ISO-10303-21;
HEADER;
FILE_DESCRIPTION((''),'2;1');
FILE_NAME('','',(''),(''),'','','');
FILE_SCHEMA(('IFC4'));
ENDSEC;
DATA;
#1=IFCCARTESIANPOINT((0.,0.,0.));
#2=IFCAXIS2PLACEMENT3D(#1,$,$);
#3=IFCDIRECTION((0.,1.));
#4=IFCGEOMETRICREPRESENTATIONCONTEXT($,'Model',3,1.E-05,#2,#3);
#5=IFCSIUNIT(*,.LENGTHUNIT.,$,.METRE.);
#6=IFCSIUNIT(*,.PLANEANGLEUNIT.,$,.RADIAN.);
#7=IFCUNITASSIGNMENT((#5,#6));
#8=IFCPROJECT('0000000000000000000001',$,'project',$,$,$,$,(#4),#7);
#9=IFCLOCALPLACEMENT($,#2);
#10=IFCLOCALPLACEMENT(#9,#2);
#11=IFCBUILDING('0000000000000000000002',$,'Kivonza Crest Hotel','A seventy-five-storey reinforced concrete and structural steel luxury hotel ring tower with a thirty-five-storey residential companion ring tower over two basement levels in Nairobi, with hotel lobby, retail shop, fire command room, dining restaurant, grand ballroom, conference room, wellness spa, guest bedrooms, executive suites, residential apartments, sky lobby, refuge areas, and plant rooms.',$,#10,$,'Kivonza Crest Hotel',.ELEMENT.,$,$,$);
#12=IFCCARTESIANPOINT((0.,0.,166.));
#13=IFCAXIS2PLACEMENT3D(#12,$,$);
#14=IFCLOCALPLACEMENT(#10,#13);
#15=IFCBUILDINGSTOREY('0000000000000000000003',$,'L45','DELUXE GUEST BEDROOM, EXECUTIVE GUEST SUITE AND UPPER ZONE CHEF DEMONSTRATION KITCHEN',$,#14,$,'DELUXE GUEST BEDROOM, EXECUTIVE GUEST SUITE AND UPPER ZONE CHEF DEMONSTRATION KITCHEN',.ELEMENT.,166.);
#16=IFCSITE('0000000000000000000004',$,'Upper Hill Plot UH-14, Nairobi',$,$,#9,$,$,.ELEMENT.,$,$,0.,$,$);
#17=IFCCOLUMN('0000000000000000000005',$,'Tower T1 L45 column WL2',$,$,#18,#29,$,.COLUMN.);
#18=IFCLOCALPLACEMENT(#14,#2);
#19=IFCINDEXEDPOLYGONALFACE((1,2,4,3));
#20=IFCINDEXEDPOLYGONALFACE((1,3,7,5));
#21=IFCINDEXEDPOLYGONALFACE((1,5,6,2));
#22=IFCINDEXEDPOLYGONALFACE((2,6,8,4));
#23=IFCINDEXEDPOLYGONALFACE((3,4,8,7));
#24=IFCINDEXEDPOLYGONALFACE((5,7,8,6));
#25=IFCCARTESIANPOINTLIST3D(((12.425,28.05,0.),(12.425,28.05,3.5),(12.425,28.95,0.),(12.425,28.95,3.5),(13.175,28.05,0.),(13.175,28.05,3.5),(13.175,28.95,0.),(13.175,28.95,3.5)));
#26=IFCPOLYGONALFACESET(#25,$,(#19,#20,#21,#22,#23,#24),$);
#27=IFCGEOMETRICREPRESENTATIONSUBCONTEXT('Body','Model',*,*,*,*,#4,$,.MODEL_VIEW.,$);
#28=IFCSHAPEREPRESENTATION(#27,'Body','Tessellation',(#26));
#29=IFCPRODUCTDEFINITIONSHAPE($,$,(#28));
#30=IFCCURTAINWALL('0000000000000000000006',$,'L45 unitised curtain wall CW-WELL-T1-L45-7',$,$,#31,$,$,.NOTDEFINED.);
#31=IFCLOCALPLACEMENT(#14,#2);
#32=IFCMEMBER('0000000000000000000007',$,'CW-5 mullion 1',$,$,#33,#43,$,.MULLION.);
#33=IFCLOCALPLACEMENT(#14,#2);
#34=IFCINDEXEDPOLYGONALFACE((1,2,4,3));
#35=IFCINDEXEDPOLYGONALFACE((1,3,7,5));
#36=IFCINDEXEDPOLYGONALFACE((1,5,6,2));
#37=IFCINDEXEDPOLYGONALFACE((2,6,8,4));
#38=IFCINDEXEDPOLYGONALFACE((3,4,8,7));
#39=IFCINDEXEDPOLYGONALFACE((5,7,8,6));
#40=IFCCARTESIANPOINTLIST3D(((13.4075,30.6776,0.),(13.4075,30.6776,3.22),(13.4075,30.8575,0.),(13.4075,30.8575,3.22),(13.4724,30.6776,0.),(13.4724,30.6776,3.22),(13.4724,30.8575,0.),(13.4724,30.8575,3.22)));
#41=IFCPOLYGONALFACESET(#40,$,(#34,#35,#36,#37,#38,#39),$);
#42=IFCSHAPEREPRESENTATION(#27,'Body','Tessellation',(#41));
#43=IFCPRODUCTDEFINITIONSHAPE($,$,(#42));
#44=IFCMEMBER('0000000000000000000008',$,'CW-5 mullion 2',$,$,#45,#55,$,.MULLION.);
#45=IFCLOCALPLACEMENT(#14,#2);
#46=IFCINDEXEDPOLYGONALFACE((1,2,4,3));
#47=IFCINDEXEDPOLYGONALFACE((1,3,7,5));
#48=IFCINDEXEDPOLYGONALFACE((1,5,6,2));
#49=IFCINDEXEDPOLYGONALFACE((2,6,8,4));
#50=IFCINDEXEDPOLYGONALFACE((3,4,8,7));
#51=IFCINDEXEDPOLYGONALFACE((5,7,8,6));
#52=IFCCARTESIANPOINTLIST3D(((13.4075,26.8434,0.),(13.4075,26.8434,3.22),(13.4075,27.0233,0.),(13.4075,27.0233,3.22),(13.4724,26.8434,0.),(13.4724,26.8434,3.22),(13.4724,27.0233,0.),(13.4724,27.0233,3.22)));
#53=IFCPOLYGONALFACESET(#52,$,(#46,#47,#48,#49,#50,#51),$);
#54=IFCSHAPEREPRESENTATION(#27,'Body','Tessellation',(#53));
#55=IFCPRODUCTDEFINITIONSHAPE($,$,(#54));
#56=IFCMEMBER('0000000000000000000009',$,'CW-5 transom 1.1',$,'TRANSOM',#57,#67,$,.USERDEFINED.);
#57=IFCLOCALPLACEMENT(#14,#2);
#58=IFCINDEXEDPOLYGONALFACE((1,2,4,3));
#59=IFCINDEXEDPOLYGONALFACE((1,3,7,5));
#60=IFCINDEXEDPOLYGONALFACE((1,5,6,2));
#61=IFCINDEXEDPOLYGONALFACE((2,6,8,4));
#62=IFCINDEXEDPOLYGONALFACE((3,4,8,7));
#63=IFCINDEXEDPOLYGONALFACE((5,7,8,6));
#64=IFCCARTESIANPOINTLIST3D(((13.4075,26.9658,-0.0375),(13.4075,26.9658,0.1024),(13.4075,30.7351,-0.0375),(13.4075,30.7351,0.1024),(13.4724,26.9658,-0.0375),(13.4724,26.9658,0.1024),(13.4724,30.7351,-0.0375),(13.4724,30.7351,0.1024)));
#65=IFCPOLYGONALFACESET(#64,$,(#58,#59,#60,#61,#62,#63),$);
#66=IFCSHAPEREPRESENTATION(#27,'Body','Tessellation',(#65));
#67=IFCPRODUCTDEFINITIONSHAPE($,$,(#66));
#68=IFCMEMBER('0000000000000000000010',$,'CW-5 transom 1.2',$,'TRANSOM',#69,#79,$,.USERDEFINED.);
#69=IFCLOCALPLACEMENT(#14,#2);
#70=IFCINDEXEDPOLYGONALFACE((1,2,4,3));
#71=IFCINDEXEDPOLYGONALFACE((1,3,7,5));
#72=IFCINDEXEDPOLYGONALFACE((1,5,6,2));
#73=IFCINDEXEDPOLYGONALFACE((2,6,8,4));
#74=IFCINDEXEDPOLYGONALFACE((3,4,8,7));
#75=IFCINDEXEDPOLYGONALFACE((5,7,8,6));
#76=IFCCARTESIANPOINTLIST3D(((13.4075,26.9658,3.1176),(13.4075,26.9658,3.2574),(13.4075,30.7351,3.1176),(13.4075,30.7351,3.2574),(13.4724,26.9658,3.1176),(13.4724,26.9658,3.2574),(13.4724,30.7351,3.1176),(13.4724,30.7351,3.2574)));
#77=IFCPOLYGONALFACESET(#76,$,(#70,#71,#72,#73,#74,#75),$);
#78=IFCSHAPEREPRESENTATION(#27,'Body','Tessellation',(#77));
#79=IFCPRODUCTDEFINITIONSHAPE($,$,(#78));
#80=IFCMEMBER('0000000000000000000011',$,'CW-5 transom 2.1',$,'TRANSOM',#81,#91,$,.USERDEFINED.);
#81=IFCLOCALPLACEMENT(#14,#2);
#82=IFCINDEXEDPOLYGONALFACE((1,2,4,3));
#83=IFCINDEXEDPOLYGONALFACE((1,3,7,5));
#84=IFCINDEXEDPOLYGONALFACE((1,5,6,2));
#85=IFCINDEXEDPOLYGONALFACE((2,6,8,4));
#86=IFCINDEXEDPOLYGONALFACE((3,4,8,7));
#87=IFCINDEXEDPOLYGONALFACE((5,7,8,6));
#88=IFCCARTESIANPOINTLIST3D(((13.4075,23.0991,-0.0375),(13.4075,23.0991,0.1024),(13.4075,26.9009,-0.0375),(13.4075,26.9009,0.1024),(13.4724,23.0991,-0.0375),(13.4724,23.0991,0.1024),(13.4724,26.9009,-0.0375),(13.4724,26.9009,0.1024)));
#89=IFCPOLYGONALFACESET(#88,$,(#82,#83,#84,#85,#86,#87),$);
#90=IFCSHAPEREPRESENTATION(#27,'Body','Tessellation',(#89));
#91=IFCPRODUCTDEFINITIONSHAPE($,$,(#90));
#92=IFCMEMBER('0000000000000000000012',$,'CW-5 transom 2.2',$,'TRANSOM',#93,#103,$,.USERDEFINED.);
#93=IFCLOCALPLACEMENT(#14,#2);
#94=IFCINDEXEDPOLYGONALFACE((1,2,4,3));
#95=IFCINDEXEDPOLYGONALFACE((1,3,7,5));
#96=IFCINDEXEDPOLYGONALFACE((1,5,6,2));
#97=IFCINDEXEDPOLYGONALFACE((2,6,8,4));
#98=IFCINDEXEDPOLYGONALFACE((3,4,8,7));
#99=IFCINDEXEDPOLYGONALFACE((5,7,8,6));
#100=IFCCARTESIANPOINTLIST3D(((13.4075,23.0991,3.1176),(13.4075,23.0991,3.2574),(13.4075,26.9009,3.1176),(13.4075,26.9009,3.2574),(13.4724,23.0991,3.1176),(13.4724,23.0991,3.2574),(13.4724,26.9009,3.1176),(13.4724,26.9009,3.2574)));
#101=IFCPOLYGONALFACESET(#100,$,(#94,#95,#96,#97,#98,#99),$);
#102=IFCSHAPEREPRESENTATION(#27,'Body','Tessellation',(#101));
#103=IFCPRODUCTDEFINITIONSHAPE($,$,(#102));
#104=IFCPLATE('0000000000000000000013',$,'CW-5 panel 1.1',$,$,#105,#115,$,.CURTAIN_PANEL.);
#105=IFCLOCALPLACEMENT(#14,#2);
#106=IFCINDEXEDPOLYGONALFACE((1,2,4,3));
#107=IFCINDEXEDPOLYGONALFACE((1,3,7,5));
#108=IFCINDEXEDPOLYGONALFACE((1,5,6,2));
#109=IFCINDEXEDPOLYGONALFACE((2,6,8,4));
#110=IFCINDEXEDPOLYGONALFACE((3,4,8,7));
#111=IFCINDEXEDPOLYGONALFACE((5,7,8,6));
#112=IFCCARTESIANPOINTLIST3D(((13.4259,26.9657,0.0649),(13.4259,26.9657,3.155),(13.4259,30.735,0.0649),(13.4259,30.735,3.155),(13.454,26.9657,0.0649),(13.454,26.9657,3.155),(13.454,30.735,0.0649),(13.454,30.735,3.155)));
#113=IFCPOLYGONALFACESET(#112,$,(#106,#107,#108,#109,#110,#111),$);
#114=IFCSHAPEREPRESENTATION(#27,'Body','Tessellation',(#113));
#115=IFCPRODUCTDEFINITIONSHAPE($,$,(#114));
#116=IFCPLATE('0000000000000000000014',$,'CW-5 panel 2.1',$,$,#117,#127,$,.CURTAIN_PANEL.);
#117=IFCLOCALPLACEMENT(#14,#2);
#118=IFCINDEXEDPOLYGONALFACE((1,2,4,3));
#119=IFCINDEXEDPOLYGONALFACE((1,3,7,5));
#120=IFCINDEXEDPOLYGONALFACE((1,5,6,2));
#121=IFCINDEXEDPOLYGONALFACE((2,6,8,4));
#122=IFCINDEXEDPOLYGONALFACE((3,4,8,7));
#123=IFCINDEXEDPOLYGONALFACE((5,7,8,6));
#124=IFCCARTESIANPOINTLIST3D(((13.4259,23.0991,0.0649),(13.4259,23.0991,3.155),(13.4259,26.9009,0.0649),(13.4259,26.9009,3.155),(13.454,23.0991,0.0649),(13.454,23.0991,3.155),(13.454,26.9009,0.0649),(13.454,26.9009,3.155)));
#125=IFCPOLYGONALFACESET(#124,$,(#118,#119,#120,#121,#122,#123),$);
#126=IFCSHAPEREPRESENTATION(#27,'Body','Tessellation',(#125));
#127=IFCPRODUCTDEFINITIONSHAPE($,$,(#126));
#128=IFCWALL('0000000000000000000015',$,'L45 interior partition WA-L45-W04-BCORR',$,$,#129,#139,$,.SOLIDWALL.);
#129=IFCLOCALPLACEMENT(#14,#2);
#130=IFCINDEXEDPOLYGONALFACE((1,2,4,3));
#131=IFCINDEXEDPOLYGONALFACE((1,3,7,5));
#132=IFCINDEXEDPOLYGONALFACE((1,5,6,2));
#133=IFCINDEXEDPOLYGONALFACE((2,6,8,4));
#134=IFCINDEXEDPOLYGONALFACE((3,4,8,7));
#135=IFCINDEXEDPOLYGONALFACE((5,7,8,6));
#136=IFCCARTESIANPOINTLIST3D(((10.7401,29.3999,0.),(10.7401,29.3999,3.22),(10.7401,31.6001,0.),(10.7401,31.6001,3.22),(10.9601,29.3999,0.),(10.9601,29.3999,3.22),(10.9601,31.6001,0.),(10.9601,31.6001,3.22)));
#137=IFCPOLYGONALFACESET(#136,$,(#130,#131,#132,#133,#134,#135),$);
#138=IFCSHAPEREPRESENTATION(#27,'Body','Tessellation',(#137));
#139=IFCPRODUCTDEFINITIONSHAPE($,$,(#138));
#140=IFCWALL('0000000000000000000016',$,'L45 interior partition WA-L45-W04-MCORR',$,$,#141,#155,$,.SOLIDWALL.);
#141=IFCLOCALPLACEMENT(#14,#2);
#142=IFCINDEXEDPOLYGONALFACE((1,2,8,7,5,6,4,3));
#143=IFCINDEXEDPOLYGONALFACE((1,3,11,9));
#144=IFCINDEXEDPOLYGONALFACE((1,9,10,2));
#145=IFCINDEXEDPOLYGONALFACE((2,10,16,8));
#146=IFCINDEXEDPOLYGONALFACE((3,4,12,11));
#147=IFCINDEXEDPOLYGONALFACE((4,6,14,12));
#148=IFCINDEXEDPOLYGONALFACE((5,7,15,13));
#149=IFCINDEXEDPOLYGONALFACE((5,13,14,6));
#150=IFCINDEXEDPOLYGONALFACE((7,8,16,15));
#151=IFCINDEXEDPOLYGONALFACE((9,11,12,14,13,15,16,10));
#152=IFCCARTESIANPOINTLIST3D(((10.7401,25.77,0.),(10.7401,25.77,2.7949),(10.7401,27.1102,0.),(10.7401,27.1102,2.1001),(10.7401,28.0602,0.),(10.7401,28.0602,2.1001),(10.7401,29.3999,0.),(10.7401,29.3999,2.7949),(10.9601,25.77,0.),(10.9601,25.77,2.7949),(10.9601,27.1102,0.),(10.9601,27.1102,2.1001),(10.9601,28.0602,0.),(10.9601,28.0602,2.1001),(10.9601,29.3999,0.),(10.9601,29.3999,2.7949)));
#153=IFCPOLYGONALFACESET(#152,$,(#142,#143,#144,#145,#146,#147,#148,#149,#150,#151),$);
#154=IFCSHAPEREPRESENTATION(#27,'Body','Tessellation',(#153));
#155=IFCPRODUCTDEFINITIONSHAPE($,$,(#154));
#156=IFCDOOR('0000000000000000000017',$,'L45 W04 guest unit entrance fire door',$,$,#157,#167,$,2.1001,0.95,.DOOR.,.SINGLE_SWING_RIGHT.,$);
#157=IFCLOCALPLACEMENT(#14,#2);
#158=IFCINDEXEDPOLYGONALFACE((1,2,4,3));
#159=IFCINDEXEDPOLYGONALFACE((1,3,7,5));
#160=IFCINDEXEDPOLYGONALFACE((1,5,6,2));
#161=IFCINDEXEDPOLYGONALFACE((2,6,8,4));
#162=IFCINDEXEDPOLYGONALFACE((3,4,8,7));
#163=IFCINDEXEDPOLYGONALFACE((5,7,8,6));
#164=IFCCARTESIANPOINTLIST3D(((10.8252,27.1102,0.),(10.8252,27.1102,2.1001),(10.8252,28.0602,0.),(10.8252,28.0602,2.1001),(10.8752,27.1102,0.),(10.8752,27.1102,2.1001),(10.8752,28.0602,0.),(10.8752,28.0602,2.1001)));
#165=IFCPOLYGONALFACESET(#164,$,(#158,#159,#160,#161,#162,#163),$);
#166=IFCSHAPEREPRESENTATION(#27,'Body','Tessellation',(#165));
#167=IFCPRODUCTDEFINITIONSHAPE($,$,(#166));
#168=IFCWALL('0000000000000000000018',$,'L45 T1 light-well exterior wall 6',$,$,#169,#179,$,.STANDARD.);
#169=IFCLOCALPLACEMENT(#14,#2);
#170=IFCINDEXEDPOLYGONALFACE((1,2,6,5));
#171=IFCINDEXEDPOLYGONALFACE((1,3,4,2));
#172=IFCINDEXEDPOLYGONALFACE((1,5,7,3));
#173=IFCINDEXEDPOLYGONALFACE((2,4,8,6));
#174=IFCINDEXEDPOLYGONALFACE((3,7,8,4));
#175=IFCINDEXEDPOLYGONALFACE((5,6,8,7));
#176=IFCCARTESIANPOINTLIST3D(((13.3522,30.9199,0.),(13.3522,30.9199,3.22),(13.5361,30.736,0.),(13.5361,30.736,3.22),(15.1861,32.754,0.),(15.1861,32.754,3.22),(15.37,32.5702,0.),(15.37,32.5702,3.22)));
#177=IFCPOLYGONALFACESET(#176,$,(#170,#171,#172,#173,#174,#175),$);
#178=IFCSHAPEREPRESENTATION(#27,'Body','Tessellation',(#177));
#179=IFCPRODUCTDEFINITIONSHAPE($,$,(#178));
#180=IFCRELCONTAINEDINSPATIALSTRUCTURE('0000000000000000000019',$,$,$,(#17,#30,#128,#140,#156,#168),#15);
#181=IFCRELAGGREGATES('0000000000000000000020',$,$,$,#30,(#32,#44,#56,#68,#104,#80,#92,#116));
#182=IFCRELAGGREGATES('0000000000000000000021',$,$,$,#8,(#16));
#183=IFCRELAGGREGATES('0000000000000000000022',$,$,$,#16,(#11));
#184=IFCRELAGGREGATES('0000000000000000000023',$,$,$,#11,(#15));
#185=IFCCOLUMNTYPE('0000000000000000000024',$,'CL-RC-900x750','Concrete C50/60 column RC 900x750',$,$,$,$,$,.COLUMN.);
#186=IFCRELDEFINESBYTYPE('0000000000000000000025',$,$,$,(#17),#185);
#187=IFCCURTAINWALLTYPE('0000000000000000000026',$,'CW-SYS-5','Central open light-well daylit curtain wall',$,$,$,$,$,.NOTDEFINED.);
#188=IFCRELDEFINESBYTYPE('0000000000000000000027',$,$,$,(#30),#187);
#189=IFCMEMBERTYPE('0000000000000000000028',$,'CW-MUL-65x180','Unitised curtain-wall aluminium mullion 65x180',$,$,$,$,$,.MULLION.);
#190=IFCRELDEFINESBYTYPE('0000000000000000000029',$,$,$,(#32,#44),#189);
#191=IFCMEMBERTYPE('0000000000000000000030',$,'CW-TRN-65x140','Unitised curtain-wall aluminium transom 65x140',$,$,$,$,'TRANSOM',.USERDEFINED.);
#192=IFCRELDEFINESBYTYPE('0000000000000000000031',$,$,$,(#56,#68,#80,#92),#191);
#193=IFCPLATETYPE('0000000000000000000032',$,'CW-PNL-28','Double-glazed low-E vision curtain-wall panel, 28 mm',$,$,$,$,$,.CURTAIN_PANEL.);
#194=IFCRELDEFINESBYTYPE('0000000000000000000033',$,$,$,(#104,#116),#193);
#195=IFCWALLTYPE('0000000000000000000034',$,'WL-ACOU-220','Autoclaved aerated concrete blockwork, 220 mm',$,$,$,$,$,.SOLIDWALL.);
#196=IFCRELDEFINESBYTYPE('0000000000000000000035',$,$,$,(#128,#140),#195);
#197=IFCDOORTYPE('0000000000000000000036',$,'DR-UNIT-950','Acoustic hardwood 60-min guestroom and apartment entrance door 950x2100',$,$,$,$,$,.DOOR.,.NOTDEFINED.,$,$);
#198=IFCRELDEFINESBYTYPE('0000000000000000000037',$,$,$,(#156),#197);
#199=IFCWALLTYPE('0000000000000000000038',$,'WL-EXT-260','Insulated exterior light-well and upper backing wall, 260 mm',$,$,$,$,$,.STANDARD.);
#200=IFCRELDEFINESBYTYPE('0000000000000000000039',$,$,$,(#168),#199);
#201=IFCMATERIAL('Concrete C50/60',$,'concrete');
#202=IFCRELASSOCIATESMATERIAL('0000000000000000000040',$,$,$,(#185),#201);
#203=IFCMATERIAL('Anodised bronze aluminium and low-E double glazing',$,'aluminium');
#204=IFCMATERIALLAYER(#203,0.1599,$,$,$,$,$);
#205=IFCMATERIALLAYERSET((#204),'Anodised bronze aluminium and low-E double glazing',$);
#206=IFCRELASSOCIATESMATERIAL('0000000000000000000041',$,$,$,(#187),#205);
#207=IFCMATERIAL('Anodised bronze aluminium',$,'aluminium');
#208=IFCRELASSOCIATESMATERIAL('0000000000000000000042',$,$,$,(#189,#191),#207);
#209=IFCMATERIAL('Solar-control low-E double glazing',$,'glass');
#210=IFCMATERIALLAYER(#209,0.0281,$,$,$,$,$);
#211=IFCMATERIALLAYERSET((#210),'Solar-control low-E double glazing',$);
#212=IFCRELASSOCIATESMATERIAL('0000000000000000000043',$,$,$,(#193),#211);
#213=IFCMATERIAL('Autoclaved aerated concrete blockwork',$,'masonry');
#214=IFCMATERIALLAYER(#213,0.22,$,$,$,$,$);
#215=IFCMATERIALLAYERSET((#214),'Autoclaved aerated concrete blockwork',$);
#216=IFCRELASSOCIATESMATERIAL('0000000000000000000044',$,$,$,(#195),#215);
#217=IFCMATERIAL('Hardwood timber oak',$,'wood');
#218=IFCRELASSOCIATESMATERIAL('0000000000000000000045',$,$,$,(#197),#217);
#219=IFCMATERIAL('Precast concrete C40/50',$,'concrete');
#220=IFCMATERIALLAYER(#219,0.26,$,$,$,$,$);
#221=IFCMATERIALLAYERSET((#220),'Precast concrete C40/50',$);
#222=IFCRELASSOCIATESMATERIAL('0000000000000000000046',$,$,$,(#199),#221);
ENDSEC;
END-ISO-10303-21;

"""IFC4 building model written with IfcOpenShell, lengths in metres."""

from ifc_helpers import new_model, si_unit, direction, frame, frame_2d, origin, origin_2d, place, context, subcontext, project, spatial, rectangle, extrude, material, layer, layer_set, material_profile, profile_set, type_object, element, fill, aggregate, save


model = new_model("IFC4")

# Units and contexts
model_context = context("Model", 3, precision=1e-05, world=origin(), true_north=direction((0.0, 1.0)))
body_context = subcontext(model_context, "Body", "Model", "MODEL_VIEW")
ifc_project = project(units=[si_unit("LENGTHUNIT", "METRE"), si_unit("PLANEANGLEUNIT", "RADIAN")], contexts=[model_context])

# Site, building, storey
site_placement = place(None, origin())
site = spatial("IfcSite", under=ifc_project, at=site_placement, Name="Upper Hill Plot UH-14, Nairobi", CompositionType="ELEMENT", RefElevation=0.0)
building_placement = place(site_placement, origin())
building = spatial("IfcBuilding", under=site, at=building_placement, Name="Kivonza Crest Hotel", Description="A seventy-five-storey reinforced concrete and structural steel luxury hotel ring tower with a thirty-five-storey residential companion ring tower over two basement levels in Nairobi, with hotel lobby, retail shop, fire command room, dining restaurant, grand ballroom, conference room, wellness spa, guest bedrooms, executive suites, residential apartments, sky lobby, refuge areas, and plant rooms.", LongName="Kivonza Crest Hotel", CompositionType="ELEMENT")
storey_placement = place(building_placement, frame((0.0, 0.0, 166.0)))
storey = spatial("IfcBuildingStorey", under=building, at=storey_placement, Name="L45", Description="DELUXE GUEST BEDROOM, EXECUTIVE GUEST SUITE AND UPPER ZONE CHEF DEMONSTRATION KITCHEN", LongName="DELUXE GUEST BEDROOM, EXECUTIVE GUEST SUITE AND UPPER ZONE CHEF DEMONSTRATION KITCHEN", CompositionType="ELEMENT", Elevation=166.0)

# Column
ifc_material_1 = material(Name="Concrete C50/60", Category="concrete")
ifc_material_profile_1 = material_profile(ifc_material_1, rectangle(XDim=0.75, YDim=0.8999, at=origin_2d()), Name="RC 900x750")
ifc_profile_set_1 = profile_set([ifc_material_profile_1], Name="Concrete C50/60")
column_type = type_object("IfcColumnType", Name="CL-RC-900x750", Description="Concrete C50/60 column RC 900x750", PredefinedType="COLUMN", material=ifc_profile_set_1)
column_placement = place(storey_placement, frame((12.8, 28.5, 0.0), z_axis=(0.0, 0.0, 1.0), x_axis=(1.0, 0.0, 0.0)))
element("IfcColumn", 1, at=column_placement, inside=storey, type_object=column_type, Name="Tower T1 L45 column WL2", PredefinedType="COLUMN", context=body_context, shape_type="SweptSolid", body=[
    extrude(rectangle(XDim=0.75, YDim=0.8999, at=origin_2d()), origin(), (0.0, 0.0, 1.0), 3.5),
])

# Curtain wall, members, plates
ifc_material_2 = material(Name="Anodised bronze aluminium and low-E double glazing", Category="aluminium")
ifc_layer_1 = layer(ifc_material_2, 0.1599)
ifc_layer_set_1 = layer_set([ifc_layer_1], Name="Anodised bronze aluminium and low-E double glazing")
curtain_wall_type = type_object("IfcCurtainWallType", Name="CW-SYS-5", Description="Central open light-well daylit curtain wall", PredefinedType="NOTDEFINED", material=ifc_layer_set_1)
curtain_wall_placement = place(storey_placement, origin())
curtain_wall = element("IfcCurtainWall", 2, at=curtain_wall_placement, inside=storey, type_object=curtain_wall_type, Name="L45 unitised curtain wall CW-WELL-T1-L45-7", PredefinedType="NOTDEFINED")
ifc_material_3 = material(Name="Anodised bronze aluminium", Category="aluminium")
ifc_material_profile_2 = material_profile(ifc_material_3, rectangle(XDim=0.0649, YDim=0.1799, at=origin_2d()), Name="CW-M 65x180")
ifc_profile_set_2 = profile_set([ifc_material_profile_2], Name="Anodised bronze aluminium")
member_type_1 = type_object("IfcMemberType", Name="CW-MUL-65x180", Description="Unitised curtain-wall aluminium mullion 65x180", PredefinedType="MULLION", material=ifc_profile_set_2)
member_1_placement = place(storey_placement, frame((13.4399, 30.7676, 0.0), z_axis=(0.0, 0.0, 1.0), x_axis=(1.0, 0.0, 0.0)))
member_1 = element("IfcMember", 3, at=member_1_placement, type_object=member_type_1, Name="CW-5 mullion 1", PredefinedType="MULLION", context=body_context, shape_type="SweptSolid", body=[
    extrude(rectangle(XDim=0.0649, YDim=0.1799, at=origin_2d()), origin(), (0.0, 0.0, 1.0), 3.22),
])
member_2_placement = place(storey_placement, frame((13.4399, 26.9333, 0.0), z_axis=(0.0, 0.0, 1.0), x_axis=(1.0, 0.0, 0.0)))
member_2 = element("IfcMember", 4, at=member_2_placement, type_object=member_type_1, Name="CW-5 mullion 2", PredefinedType="MULLION", context=body_context, shape_type="SweptSolid", body=[
    extrude(rectangle(XDim=0.0649, YDim=0.1799, at=origin_2d()), origin(), (0.0, 0.0, 1.0), 3.22),
])
ifc_material_profile_3 = material_profile(ifc_material_3, rectangle(XDim=0.0649, YDim=0.1399, at=origin_2d()), Name="CW-T 65x140")
ifc_profile_set_3 = profile_set([ifc_material_profile_3], Name="Anodised bronze aluminium")
member_type_2 = type_object("IfcMemberType", Name="CW-TRN-65x140", Description="Unitised curtain-wall aluminium transom 65x140", ElementType="TRANSOM", PredefinedType="USERDEFINED", material=ifc_profile_set_3)
member_3_placement = place(storey_placement, frame((13.4399, 30.7351, 0.0325), z_axis=(0.0, -1.0, 0.0), x_axis=(1.0, 0.0, 0.0)))
member_3 = element("IfcMember", 5, at=member_3_placement, type_object=member_type_2, Name="CW-5 transom 1.1", ObjectType="TRANSOM", PredefinedType="USERDEFINED", context=body_context, shape_type="SweptSolid", body=[
    extrude(rectangle(XDim=0.0649, YDim=0.1399, at=origin_2d()), origin(), (0.0, 0.0, 1.0), 3.7693),
])
member_4_placement = place(storey_placement, frame((13.4399, 30.7351, 3.1875), z_axis=(0.0, -1.0, 0.0), x_axis=(1.0, 0.0, 0.0)))
member_4 = element("IfcMember", 6, at=member_4_placement, type_object=member_type_2, Name="CW-5 transom 1.2", ObjectType="TRANSOM", PredefinedType="USERDEFINED", context=body_context, shape_type="SweptSolid", body=[
    extrude(rectangle(XDim=0.0649, YDim=0.1399, at=origin_2d()), origin(), (0.0, 0.0, 1.0), 3.7693),
])
member_5_placement = place(storey_placement, frame((13.4399, 26.9009, 0.0325), z_axis=(0.0, -1.0, 0.0), x_axis=(1.0, 0.0, 0.0)))
member_5 = element("IfcMember", 7, at=member_5_placement, type_object=member_type_2, Name="CW-5 transom 2.1", ObjectType="TRANSOM", PredefinedType="USERDEFINED", context=body_context, shape_type="SweptSolid", body=[
    extrude(rectangle(XDim=0.0649, YDim=0.1399, at=origin_2d()), origin(), (0.0, 0.0, 1.0), 3.8018),
])
member_6_placement = place(storey_placement, frame((13.4399, 26.9009, 3.1875), z_axis=(0.0, -1.0, 0.0), x_axis=(1.0, 0.0, 0.0)))
member_6 = element("IfcMember", 8, at=member_6_placement, type_object=member_type_2, Name="CW-5 transom 2.2", ObjectType="TRANSOM", PredefinedType="USERDEFINED", context=body_context, shape_type="SweptSolid", body=[
    extrude(rectangle(XDim=0.0649, YDim=0.1399, at=origin_2d()), origin(), (0.0, 0.0, 1.0), 3.8018),
])
ifc_material_4 = material(Name="Solar-control low-E double glazing", Category="glass")
ifc_layer_2 = layer(ifc_material_4, 0.0281)
ifc_layer_set_2 = layer_set([ifc_layer_2], Name="Solar-control low-E double glazing")
plate_type = type_object("IfcPlateType", Name="CW-PNL-28", Description="Double-glazed low-E vision curtain-wall panel, 28 mm", PredefinedType="CURTAIN_PANEL", material=ifc_layer_set_2)
plate_1_placement = place(storey_placement, frame((13.4399, 28.8503, 0.0649), z_axis=(0.0, 0.0, 1.0), x_axis=(0.0, -1.0, 0.0)))
plate_1 = element("IfcPlate", 9, at=plate_1_placement, type_object=plate_type, Name="CW-5 panel 1.1", PredefinedType="CURTAIN_PANEL", context=body_context, shape_type="SweptSolid", body=[
    extrude(rectangle(XDim=3.7693, YDim=0.0281, at=origin_2d()), origin(), (0.0, 0.0, 1.0), 3.0901),
])
plate_2_placement = place(storey_placement, frame((13.4399, 25.0, 0.0649), z_axis=(0.0, 0.0, 1.0), x_axis=(0.0, -1.0, 0.0)))
plate_2 = element("IfcPlate", 10, at=plate_2_placement, type_object=plate_type, Name="CW-5 panel 2.1", PredefinedType="CURTAIN_PANEL", context=body_context, shape_type="SweptSolid", body=[
    extrude(rectangle(XDim=3.8018, YDim=0.0281, at=origin_2d()), origin(), (0.0, 0.0, 1.0), 3.0901),
])
aggregate(curtain_wall, [member_1, member_2, member_3, member_4, plate_1, member_5, member_6, plate_2])

# Wall
ifc_material_5 = material(Name="Autoclaved aerated concrete blockwork", Category="masonry")
ifc_layer_3 = layer(ifc_material_5, 0.22)
ifc_layer_set_3 = layer_set([ifc_layer_3], Name="Autoclaved aerated concrete blockwork")
wall_type_1 = type_object("IfcWallType", Name="WL-ACOU-220", Description="Autoclaved aerated concrete blockwork, 220 mm", PredefinedType="SOLIDWALL", material=ifc_layer_set_3)
wall_1_placement = place(storey_placement, frame((10.8501, 29.3999, 0.0), z_axis=(0.0, 0.0, 1.0), x_axis=(0.0, 1.0, 0.0)))
element("IfcWall", 11, at=wall_1_placement, inside=storey, type_object=wall_type_1, Name="L45 interior partition WA-L45-W04-BCORR", PredefinedType="SOLIDWALL", context=body_context, shape_type="SweptSolid", body=[
    extrude(rectangle(XDim=2.2002, YDim=0.22, at=frame_2d((1.1001, 0.0))), origin(), (0.0, 0.0, 1.0), 3.22),
])

# Wall, opening, door
wall_2_placement = place(storey_placement, frame((10.8501, 25.77, 0.0), z_axis=(0.0, 0.0, 1.0), x_axis=(0.0, 1.0, 0.0)))
wall_2 = element("IfcWall", 12, at=wall_2_placement, inside=storey, type_object=wall_type_1, Name="L45 interior partition WA-L45-W04-MCORR", PredefinedType="SOLIDWALL", context=body_context, shape_type="SweptSolid", body=[
    extrude(rectangle(XDim=3.6299, YDim=0.22, at=frame_2d((1.8149, 0.0))), origin(), (0.0, 0.0, 1.0), 2.7949),
])
opening_1_placement = place(wall_2_placement, frame((1.3401, 0.0, 0.0)))
opening_1 = element("IfcOpeningElement", 13, at=opening_1_placement, cuts=wall_2, PredefinedType="OPENING", context=body_context, shape_type="SweptSolid", body=[
    extrude(rectangle(XDim=0.95, YDim=2.1001, at=frame_2d((0.4751, 1.05))), frame((0.0, 0.1201, 0.0), z_axis=(0.0, -1.0, 0.0), x_axis=(1.0, 0.0, 0.0)), (0.0, 0.0, 1.0), 0.24),
])
ifc_material_6 = material(Name="Hardwood timber oak", Category="wood")
door_type_1 = type_object("IfcDoorType", Name="DR-UNIT-950", Description="Acoustic hardwood 60-min guestroom and apartment entrance door 950x2100", OperationType="NOTDEFINED", PredefinedType="DOOR", material=ifc_material_6)
door_1_placement = place(opening_1_placement, origin())
door_1 = element("IfcDoor", 14, at=door_1_placement, inside=storey, type_object=door_type_1, Name="L45 W04 guest unit entrance fire door", OperationType="SINGLE_SWING_RIGHT", OverallHeight=2.1001, OverallWidth=0.95, PredefinedType="DOOR", context=body_context, shape_type="SweptSolid", body=[
    extrude(rectangle(XDim=0.95, YDim=2.1001, at=frame_2d((0.4751, 1.05))), frame((0.0, 0.0249, 0.0), z_axis=(0.0, -1.0, 0.0), x_axis=(1.0, 0.0, 0.0)), (0.0, 0.0, 1.0), 0.05),
])
fill(opening_1, door_1)

# Wall
ifc_material_7 = material(Name="Precast concrete C40/50", Category="concrete")
ifc_layer_4 = layer(ifc_material_7, 0.26)
ifc_layer_set_4 = layer_set([ifc_layer_4], Name="Precast concrete C40/50")
wall_type_2 = type_object("IfcWallType", Name="WL-EXT-260", Description="Insulated exterior light-well and upper backing wall, 260 mm", PredefinedType="STANDARD", material=ifc_layer_set_4)
wall_3_placement = place(storey_placement, frame((15.2781, 32.6621, 0.0), z_axis=(0.0, 0.0, 1.0), x_axis=(-0.70706, -0.707154, 0.0)))
element("IfcWall", 15, at=wall_3_placement, inside=storey, type_object=wall_type_2, Name="L45 T1 light-well exterior wall 6", PredefinedType="STANDARD", context=body_context, shape_type="SweptSolid", body=[
    extrude(rectangle(XDim=2.5938, YDim=0.26, at=frame_2d((1.2969, 0.0))), origin(), (0.0, 0.0, 1.0), 3.22),
])

save(model, "model.ifc")
